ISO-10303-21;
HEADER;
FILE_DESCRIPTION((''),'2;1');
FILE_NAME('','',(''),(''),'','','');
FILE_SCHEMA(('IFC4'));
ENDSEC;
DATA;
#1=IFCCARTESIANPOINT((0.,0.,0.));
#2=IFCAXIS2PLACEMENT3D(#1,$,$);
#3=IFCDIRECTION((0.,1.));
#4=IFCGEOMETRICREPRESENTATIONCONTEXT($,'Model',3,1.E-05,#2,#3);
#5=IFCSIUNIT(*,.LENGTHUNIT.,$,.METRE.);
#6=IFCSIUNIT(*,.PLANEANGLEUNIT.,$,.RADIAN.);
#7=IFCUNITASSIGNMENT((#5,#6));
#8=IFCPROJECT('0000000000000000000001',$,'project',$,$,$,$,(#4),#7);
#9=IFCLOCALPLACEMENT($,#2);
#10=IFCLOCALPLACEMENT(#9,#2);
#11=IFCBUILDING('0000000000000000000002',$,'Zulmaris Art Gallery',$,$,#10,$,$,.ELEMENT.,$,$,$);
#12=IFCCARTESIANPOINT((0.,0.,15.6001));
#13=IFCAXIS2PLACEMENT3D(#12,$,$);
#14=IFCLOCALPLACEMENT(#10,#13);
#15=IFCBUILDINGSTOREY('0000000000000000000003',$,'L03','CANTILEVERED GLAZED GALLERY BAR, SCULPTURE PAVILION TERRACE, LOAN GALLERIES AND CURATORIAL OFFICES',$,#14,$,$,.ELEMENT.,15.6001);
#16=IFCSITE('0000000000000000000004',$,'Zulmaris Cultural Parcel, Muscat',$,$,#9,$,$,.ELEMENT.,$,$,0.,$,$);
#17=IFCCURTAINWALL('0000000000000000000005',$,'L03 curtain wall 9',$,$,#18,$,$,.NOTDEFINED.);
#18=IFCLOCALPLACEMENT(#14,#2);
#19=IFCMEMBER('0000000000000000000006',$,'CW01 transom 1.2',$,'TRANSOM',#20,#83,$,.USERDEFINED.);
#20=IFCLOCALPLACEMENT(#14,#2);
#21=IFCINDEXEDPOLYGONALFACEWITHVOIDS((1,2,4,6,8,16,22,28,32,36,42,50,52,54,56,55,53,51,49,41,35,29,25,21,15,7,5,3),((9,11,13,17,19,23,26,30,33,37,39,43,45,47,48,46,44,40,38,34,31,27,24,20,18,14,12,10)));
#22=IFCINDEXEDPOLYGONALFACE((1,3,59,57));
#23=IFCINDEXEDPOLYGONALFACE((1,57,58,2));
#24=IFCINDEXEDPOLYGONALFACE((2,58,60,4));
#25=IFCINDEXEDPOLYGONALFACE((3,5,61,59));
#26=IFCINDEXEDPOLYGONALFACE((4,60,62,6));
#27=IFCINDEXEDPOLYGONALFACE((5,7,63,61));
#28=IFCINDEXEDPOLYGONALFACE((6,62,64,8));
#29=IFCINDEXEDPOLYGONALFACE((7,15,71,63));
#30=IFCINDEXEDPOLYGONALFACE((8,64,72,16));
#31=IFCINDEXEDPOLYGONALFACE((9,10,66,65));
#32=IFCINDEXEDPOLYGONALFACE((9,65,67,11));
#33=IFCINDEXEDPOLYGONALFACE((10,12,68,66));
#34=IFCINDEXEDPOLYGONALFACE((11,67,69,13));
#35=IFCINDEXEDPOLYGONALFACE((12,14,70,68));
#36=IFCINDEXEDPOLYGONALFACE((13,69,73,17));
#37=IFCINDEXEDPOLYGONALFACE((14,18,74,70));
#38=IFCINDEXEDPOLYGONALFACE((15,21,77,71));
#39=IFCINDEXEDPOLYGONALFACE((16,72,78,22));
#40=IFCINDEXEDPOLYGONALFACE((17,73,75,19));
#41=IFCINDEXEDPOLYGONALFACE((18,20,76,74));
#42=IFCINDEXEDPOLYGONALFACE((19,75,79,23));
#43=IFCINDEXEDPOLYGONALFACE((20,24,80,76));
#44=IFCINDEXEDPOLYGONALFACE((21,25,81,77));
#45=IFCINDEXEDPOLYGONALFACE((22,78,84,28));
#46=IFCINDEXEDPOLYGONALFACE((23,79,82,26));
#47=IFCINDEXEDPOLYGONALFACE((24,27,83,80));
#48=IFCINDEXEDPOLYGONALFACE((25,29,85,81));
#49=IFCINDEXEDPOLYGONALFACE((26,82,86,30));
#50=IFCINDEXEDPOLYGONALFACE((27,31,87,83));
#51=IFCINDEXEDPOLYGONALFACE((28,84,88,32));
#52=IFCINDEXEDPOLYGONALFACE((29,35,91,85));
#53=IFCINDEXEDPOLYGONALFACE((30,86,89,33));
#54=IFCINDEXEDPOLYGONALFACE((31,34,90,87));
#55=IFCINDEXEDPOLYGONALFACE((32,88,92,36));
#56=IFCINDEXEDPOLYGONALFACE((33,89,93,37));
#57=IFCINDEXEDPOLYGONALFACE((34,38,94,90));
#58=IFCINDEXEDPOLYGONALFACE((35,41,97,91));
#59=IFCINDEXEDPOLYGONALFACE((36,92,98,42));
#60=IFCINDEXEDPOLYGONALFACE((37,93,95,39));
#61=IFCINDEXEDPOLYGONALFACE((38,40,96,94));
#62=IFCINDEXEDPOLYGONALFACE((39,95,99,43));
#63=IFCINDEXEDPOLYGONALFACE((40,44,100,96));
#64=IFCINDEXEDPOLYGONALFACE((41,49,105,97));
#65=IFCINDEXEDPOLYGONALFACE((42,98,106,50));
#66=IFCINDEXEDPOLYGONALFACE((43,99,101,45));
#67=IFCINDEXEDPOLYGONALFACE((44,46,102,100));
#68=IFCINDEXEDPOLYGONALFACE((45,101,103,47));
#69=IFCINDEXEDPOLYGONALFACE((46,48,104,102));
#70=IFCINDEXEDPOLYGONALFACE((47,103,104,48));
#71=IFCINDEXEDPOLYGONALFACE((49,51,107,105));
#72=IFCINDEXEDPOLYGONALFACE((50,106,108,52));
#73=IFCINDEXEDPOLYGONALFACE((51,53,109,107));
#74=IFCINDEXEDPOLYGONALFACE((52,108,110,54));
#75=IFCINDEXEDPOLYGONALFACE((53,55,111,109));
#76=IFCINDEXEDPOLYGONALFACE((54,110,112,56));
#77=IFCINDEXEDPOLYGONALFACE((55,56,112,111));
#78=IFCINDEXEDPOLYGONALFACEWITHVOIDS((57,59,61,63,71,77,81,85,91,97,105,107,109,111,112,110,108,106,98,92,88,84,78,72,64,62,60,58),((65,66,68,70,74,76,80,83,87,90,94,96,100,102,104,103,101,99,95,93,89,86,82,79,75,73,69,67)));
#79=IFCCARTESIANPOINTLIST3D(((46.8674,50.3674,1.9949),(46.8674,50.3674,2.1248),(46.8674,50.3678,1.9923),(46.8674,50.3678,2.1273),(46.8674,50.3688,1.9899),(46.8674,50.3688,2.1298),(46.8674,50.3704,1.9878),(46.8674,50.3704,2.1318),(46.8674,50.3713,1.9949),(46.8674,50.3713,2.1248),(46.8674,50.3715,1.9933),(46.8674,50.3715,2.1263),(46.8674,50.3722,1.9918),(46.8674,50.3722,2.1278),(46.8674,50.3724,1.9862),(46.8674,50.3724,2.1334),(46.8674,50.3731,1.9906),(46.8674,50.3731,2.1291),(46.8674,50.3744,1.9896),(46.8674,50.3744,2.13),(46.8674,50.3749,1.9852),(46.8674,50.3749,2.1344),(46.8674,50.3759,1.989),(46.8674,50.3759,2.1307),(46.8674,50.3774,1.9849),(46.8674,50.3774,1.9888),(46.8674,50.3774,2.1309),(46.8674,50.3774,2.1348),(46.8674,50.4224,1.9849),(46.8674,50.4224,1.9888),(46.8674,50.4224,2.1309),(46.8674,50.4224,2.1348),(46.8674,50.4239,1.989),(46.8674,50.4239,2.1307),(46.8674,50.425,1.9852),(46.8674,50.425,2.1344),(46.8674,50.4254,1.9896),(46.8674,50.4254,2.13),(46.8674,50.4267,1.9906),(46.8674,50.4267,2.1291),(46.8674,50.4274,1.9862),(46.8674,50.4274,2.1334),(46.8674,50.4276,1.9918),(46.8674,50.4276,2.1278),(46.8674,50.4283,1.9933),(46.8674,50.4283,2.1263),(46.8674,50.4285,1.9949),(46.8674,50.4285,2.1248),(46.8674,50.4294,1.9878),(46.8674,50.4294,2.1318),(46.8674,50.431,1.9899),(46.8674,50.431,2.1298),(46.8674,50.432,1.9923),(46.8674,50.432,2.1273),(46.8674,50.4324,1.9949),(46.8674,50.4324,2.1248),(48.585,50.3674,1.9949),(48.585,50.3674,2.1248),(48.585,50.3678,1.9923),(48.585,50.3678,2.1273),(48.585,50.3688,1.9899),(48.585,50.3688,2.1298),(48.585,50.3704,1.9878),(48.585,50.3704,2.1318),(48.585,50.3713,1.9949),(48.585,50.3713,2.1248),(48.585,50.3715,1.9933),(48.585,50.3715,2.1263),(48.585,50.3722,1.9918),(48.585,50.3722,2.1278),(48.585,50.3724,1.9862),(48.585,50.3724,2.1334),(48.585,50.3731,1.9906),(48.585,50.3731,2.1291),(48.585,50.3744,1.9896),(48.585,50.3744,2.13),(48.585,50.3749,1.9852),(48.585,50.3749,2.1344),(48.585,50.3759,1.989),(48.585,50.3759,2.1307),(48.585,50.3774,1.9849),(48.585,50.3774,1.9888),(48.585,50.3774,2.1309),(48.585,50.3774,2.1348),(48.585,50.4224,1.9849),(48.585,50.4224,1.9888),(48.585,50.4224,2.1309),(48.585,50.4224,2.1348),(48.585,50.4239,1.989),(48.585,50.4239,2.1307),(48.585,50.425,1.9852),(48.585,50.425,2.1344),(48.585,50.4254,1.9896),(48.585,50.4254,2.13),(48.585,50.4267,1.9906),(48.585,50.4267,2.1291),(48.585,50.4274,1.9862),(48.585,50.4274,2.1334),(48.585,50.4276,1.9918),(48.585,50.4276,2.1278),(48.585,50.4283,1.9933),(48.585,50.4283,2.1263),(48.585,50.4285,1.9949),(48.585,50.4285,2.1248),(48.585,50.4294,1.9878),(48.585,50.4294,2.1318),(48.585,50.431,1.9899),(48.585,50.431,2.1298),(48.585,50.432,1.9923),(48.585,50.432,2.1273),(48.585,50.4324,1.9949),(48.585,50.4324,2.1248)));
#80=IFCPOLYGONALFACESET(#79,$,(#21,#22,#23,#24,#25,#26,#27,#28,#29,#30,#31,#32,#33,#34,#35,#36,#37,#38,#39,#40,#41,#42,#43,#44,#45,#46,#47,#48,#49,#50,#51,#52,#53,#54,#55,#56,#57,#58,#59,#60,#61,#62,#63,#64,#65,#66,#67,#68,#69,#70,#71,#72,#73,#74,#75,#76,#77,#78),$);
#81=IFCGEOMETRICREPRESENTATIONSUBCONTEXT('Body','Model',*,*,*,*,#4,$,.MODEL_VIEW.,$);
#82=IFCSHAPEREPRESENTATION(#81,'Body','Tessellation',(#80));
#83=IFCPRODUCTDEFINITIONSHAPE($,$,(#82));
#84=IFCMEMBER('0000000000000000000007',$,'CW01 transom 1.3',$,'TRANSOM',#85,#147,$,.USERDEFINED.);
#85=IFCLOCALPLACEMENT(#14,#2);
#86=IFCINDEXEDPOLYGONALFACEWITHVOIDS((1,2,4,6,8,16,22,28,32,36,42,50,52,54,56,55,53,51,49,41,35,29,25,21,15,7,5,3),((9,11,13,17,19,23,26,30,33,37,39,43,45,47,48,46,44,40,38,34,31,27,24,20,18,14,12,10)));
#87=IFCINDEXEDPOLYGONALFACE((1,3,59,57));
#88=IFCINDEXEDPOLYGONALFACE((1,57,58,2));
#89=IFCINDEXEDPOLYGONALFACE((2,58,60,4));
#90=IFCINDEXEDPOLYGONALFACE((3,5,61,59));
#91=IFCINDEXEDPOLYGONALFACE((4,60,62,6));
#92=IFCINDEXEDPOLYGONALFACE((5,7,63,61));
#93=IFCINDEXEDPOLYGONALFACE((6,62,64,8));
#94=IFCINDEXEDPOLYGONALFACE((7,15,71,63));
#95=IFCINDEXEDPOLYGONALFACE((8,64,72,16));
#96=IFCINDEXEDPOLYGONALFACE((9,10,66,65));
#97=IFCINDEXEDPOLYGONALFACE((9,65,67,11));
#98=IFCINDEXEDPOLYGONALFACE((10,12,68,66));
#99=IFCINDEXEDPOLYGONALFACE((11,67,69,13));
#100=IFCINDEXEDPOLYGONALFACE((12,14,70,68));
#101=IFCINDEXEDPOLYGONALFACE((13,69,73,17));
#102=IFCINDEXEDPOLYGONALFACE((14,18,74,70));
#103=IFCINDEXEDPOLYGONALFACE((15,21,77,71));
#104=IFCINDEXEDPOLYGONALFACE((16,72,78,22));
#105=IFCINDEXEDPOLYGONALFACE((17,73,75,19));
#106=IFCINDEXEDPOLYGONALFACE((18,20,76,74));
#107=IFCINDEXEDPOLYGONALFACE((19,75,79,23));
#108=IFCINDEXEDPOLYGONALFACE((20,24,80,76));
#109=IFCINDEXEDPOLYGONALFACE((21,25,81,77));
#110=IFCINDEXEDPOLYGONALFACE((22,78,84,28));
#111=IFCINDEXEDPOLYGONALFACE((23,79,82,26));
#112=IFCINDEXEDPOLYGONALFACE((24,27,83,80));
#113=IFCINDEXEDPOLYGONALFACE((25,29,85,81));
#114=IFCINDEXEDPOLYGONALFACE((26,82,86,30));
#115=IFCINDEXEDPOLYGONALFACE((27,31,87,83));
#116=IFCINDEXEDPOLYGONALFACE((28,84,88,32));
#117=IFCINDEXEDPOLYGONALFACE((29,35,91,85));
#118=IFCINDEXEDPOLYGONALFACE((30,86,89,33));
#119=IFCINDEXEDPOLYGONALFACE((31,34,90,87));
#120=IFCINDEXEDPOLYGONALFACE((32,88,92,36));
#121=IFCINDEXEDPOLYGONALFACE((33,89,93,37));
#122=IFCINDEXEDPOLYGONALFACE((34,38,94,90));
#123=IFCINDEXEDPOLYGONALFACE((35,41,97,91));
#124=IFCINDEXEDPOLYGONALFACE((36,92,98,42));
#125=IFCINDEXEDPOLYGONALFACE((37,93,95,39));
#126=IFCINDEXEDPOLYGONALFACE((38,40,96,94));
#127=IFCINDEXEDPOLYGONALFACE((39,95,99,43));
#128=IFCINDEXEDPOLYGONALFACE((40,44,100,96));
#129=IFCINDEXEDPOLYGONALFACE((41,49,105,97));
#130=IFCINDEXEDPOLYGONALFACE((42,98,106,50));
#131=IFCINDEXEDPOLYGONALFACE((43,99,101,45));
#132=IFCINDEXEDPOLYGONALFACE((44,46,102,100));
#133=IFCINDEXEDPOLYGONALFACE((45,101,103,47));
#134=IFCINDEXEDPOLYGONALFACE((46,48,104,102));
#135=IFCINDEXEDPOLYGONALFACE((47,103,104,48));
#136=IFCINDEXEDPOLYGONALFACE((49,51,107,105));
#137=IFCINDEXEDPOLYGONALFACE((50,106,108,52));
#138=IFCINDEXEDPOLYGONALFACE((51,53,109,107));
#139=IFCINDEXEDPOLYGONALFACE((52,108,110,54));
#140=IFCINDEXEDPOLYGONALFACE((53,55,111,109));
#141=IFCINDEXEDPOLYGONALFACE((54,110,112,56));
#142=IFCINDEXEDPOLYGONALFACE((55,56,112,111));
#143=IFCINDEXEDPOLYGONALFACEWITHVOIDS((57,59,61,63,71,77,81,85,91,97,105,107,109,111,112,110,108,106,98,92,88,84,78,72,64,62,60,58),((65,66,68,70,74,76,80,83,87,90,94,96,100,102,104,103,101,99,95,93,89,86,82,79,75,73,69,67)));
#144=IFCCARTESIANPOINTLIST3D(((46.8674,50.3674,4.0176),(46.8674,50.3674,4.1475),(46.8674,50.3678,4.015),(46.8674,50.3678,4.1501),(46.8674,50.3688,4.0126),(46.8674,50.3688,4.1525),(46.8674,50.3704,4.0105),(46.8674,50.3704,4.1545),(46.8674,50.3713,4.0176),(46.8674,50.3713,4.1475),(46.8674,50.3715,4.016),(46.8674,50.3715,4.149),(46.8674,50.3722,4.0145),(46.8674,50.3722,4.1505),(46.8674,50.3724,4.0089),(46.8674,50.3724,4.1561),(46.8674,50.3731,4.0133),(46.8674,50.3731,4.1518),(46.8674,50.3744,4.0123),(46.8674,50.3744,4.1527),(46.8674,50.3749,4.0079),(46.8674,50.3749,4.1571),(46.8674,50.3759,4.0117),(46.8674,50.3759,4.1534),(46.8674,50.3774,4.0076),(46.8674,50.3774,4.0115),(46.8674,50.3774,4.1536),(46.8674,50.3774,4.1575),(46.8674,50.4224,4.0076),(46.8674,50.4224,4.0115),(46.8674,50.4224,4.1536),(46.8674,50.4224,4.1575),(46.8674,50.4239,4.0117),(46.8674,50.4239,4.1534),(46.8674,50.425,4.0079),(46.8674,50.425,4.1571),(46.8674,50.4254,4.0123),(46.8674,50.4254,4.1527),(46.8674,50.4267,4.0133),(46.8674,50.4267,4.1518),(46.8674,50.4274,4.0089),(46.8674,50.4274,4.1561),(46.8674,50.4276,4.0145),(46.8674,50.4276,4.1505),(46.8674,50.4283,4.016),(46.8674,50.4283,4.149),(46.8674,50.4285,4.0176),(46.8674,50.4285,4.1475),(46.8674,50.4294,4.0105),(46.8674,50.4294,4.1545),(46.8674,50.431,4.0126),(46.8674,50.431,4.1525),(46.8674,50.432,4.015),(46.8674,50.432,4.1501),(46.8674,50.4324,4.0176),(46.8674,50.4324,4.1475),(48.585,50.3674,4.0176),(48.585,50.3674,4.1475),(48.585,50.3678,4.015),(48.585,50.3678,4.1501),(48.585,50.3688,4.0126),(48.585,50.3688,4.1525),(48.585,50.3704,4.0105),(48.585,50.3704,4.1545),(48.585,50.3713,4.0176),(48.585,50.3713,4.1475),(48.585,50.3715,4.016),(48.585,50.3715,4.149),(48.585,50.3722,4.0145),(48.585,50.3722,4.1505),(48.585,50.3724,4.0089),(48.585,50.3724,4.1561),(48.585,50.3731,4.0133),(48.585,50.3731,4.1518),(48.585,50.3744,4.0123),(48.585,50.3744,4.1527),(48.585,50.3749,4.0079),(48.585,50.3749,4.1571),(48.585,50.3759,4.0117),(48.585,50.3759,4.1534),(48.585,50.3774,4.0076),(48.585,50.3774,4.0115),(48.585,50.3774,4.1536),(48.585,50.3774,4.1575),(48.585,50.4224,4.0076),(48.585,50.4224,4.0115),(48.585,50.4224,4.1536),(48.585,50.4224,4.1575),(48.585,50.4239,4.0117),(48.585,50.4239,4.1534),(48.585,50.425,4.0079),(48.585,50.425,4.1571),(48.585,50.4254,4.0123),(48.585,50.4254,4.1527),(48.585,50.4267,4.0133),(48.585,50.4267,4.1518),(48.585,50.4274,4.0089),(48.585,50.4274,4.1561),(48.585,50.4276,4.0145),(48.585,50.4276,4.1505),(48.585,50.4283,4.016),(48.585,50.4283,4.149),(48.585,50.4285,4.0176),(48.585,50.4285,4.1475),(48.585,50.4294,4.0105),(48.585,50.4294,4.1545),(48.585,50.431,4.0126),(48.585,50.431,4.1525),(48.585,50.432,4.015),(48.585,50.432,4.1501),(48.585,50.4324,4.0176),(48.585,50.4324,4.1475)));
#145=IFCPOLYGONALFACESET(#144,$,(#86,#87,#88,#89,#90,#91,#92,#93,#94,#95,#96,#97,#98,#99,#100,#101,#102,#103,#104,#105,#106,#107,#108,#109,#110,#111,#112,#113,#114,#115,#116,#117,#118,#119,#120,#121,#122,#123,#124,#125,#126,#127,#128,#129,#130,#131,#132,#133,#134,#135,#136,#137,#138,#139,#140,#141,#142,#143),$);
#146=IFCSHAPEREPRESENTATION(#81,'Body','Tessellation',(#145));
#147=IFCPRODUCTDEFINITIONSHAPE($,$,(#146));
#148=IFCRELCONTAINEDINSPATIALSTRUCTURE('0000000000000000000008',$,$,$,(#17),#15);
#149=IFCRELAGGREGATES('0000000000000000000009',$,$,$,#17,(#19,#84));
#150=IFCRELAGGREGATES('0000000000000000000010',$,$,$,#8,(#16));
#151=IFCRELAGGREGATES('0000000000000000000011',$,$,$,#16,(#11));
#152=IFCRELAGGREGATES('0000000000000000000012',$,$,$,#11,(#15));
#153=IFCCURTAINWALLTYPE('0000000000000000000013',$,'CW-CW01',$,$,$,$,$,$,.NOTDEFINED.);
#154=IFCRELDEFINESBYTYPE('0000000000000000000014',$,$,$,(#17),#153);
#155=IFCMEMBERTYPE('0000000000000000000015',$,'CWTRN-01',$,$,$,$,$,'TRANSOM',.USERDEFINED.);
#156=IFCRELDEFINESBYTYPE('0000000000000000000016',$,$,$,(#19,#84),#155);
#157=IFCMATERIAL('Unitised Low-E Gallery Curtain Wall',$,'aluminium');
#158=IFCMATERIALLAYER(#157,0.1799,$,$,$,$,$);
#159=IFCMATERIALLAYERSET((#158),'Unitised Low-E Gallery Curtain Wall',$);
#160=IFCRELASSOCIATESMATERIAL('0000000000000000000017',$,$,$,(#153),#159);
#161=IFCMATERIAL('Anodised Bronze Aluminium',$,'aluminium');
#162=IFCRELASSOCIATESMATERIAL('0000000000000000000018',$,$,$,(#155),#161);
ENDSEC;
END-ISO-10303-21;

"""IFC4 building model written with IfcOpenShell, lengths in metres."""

from ifc_helpers import new_model, si_unit, direction, frame, origin, origin_2d, place, context, subcontext, project, spatial, hollow_rectangle, extrude, material, layer, layer_set, material_profile, profile_set, type_object, element, aggregate, save


model = new_model("IFC4")

# Units and contexts
model_context = context("Model", 3, precision=1e-05, world=origin(), true_north=direction((0.0, 1.0)))
body_context = subcontext(model_context, "Body", "Model", "MODEL_VIEW")
ifc_project = project(units=[si_unit("LENGTHUNIT", "METRE"), si_unit("PLANEANGLEUNIT", "RADIAN")], contexts=[model_context])

# Site, building, storey
site_placement = place(None, origin())
site = spatial("IfcSite", under=ifc_project, at=site_placement, Name="Zulmaris Cultural Parcel, Muscat", CompositionType="ELEMENT", RefElevation=0.0)
building_placement = place(site_placement, origin())
building = spatial("IfcBuilding", under=site, at=building_placement, Name="Zulmaris Art Gallery", CompositionType="ELEMENT")
storey_placement = place(building_placement, frame((0.0, 0.0, 15.6001)))
storey = spatial("IfcBuildingStorey", under=building, at=storey_placement, Name="L03", Description="CANTILEVERED GLAZED GALLERY BAR, SCULPTURE PAVILION TERRACE, LOAN GALLERIES AND CURATORIAL OFFICES", CompositionType="ELEMENT", Elevation=15.6001)

# Shared definitions
ifc_material_1 = material(Name="Unitised Low-E Gallery Curtain Wall", Category="aluminium")
ifc_layer_1 = layer(ifc_material_1, 0.1799)
ifc_layer_set_1 = layer_set([ifc_layer_1], Name="Unitised Low-E Gallery Curtain Wall")
curtain_wall_type = type_object("IfcCurtainWallType", Name="CW-CW01", PredefinedType="NOTDEFINED", material=ifc_layer_set_1)
ifc_material_2 = material(Name="Anodised Bronze Aluminium", Category="aluminium")

# Curtain wall, members
curtain_wall_1_placement = place(storey_placement, origin())
curtain_wall_1 = element("IfcCurtainWall", 1, at=curtain_wall_1_placement, inside=storey, type_object=curtain_wall_type, Name="L03 curtain wall 9", PredefinedType="NOTDEFINED")
ifc_material_profile_1 = material_profile(ifc_material_2, hollow_rectangle(XDim=0.0649, YDim=0.1499, WallThickness=0.0039, InnerFilletRadius=0.0061, OuterFilletRadius=0.01, at=origin_2d()), Name="ALU 65x150x4")
ifc_profile_set_1 = profile_set([ifc_material_profile_1], Name="Anodised Bronze Aluminium")
member_type_1 = type_object("IfcMemberType", Name="CWTRN-01", ElementType="TRANSOM", PredefinedType="USERDEFINED", material=ifc_profile_set_1)
member_1_placement = place(storey_placement, frame((48.585, 50.3999, 2.0598), z_axis=(-1.0, 0.0, 0.0), x_axis=(0.0, -1.0, 0.0)))
member_1 = element("IfcMember", 2, at=member_1_placement, type_object=member_type_1, Name="CW01 transom 1.2", ObjectType="TRANSOM", PredefinedType="USERDEFINED", context=body_context, shape_type="SweptSolid", body=[
    extrude(hollow_rectangle(XDim=0.0649, YDim=0.1499, WallThickness=0.0039, InnerFilletRadius=0.0061, OuterFilletRadius=0.01, at=origin_2d()), origin(), (0.0, 0.0, 1.0), 1.7175),
])
member_2_placement = place(storey_placement, frame((48.585, 50.3999, 4.0825), z_axis=(-1.0, 0.0, 0.0), x_axis=(0.0, -1.0, 0.0)))
member_2 = element("IfcMember", 3, at=member_2_placement, type_object=member_type_1, Name="CW01 transom 1.3", ObjectType="TRANSOM", PredefinedType="USERDEFINED", context=body_context, shape_type="SweptSolid", body=[
    extrude(hollow_rectangle(XDim=0.0649, YDim=0.1499, WallThickness=0.0039, InnerFilletRadius=0.0061, OuterFilletRadius=0.01, at=origin_2d()), origin(), (0.0, 0.0, 1.0), 1.7175),
])

aggregate(curtain_wall_1, [member_1, member_2])

save(model, "model.ifc")
